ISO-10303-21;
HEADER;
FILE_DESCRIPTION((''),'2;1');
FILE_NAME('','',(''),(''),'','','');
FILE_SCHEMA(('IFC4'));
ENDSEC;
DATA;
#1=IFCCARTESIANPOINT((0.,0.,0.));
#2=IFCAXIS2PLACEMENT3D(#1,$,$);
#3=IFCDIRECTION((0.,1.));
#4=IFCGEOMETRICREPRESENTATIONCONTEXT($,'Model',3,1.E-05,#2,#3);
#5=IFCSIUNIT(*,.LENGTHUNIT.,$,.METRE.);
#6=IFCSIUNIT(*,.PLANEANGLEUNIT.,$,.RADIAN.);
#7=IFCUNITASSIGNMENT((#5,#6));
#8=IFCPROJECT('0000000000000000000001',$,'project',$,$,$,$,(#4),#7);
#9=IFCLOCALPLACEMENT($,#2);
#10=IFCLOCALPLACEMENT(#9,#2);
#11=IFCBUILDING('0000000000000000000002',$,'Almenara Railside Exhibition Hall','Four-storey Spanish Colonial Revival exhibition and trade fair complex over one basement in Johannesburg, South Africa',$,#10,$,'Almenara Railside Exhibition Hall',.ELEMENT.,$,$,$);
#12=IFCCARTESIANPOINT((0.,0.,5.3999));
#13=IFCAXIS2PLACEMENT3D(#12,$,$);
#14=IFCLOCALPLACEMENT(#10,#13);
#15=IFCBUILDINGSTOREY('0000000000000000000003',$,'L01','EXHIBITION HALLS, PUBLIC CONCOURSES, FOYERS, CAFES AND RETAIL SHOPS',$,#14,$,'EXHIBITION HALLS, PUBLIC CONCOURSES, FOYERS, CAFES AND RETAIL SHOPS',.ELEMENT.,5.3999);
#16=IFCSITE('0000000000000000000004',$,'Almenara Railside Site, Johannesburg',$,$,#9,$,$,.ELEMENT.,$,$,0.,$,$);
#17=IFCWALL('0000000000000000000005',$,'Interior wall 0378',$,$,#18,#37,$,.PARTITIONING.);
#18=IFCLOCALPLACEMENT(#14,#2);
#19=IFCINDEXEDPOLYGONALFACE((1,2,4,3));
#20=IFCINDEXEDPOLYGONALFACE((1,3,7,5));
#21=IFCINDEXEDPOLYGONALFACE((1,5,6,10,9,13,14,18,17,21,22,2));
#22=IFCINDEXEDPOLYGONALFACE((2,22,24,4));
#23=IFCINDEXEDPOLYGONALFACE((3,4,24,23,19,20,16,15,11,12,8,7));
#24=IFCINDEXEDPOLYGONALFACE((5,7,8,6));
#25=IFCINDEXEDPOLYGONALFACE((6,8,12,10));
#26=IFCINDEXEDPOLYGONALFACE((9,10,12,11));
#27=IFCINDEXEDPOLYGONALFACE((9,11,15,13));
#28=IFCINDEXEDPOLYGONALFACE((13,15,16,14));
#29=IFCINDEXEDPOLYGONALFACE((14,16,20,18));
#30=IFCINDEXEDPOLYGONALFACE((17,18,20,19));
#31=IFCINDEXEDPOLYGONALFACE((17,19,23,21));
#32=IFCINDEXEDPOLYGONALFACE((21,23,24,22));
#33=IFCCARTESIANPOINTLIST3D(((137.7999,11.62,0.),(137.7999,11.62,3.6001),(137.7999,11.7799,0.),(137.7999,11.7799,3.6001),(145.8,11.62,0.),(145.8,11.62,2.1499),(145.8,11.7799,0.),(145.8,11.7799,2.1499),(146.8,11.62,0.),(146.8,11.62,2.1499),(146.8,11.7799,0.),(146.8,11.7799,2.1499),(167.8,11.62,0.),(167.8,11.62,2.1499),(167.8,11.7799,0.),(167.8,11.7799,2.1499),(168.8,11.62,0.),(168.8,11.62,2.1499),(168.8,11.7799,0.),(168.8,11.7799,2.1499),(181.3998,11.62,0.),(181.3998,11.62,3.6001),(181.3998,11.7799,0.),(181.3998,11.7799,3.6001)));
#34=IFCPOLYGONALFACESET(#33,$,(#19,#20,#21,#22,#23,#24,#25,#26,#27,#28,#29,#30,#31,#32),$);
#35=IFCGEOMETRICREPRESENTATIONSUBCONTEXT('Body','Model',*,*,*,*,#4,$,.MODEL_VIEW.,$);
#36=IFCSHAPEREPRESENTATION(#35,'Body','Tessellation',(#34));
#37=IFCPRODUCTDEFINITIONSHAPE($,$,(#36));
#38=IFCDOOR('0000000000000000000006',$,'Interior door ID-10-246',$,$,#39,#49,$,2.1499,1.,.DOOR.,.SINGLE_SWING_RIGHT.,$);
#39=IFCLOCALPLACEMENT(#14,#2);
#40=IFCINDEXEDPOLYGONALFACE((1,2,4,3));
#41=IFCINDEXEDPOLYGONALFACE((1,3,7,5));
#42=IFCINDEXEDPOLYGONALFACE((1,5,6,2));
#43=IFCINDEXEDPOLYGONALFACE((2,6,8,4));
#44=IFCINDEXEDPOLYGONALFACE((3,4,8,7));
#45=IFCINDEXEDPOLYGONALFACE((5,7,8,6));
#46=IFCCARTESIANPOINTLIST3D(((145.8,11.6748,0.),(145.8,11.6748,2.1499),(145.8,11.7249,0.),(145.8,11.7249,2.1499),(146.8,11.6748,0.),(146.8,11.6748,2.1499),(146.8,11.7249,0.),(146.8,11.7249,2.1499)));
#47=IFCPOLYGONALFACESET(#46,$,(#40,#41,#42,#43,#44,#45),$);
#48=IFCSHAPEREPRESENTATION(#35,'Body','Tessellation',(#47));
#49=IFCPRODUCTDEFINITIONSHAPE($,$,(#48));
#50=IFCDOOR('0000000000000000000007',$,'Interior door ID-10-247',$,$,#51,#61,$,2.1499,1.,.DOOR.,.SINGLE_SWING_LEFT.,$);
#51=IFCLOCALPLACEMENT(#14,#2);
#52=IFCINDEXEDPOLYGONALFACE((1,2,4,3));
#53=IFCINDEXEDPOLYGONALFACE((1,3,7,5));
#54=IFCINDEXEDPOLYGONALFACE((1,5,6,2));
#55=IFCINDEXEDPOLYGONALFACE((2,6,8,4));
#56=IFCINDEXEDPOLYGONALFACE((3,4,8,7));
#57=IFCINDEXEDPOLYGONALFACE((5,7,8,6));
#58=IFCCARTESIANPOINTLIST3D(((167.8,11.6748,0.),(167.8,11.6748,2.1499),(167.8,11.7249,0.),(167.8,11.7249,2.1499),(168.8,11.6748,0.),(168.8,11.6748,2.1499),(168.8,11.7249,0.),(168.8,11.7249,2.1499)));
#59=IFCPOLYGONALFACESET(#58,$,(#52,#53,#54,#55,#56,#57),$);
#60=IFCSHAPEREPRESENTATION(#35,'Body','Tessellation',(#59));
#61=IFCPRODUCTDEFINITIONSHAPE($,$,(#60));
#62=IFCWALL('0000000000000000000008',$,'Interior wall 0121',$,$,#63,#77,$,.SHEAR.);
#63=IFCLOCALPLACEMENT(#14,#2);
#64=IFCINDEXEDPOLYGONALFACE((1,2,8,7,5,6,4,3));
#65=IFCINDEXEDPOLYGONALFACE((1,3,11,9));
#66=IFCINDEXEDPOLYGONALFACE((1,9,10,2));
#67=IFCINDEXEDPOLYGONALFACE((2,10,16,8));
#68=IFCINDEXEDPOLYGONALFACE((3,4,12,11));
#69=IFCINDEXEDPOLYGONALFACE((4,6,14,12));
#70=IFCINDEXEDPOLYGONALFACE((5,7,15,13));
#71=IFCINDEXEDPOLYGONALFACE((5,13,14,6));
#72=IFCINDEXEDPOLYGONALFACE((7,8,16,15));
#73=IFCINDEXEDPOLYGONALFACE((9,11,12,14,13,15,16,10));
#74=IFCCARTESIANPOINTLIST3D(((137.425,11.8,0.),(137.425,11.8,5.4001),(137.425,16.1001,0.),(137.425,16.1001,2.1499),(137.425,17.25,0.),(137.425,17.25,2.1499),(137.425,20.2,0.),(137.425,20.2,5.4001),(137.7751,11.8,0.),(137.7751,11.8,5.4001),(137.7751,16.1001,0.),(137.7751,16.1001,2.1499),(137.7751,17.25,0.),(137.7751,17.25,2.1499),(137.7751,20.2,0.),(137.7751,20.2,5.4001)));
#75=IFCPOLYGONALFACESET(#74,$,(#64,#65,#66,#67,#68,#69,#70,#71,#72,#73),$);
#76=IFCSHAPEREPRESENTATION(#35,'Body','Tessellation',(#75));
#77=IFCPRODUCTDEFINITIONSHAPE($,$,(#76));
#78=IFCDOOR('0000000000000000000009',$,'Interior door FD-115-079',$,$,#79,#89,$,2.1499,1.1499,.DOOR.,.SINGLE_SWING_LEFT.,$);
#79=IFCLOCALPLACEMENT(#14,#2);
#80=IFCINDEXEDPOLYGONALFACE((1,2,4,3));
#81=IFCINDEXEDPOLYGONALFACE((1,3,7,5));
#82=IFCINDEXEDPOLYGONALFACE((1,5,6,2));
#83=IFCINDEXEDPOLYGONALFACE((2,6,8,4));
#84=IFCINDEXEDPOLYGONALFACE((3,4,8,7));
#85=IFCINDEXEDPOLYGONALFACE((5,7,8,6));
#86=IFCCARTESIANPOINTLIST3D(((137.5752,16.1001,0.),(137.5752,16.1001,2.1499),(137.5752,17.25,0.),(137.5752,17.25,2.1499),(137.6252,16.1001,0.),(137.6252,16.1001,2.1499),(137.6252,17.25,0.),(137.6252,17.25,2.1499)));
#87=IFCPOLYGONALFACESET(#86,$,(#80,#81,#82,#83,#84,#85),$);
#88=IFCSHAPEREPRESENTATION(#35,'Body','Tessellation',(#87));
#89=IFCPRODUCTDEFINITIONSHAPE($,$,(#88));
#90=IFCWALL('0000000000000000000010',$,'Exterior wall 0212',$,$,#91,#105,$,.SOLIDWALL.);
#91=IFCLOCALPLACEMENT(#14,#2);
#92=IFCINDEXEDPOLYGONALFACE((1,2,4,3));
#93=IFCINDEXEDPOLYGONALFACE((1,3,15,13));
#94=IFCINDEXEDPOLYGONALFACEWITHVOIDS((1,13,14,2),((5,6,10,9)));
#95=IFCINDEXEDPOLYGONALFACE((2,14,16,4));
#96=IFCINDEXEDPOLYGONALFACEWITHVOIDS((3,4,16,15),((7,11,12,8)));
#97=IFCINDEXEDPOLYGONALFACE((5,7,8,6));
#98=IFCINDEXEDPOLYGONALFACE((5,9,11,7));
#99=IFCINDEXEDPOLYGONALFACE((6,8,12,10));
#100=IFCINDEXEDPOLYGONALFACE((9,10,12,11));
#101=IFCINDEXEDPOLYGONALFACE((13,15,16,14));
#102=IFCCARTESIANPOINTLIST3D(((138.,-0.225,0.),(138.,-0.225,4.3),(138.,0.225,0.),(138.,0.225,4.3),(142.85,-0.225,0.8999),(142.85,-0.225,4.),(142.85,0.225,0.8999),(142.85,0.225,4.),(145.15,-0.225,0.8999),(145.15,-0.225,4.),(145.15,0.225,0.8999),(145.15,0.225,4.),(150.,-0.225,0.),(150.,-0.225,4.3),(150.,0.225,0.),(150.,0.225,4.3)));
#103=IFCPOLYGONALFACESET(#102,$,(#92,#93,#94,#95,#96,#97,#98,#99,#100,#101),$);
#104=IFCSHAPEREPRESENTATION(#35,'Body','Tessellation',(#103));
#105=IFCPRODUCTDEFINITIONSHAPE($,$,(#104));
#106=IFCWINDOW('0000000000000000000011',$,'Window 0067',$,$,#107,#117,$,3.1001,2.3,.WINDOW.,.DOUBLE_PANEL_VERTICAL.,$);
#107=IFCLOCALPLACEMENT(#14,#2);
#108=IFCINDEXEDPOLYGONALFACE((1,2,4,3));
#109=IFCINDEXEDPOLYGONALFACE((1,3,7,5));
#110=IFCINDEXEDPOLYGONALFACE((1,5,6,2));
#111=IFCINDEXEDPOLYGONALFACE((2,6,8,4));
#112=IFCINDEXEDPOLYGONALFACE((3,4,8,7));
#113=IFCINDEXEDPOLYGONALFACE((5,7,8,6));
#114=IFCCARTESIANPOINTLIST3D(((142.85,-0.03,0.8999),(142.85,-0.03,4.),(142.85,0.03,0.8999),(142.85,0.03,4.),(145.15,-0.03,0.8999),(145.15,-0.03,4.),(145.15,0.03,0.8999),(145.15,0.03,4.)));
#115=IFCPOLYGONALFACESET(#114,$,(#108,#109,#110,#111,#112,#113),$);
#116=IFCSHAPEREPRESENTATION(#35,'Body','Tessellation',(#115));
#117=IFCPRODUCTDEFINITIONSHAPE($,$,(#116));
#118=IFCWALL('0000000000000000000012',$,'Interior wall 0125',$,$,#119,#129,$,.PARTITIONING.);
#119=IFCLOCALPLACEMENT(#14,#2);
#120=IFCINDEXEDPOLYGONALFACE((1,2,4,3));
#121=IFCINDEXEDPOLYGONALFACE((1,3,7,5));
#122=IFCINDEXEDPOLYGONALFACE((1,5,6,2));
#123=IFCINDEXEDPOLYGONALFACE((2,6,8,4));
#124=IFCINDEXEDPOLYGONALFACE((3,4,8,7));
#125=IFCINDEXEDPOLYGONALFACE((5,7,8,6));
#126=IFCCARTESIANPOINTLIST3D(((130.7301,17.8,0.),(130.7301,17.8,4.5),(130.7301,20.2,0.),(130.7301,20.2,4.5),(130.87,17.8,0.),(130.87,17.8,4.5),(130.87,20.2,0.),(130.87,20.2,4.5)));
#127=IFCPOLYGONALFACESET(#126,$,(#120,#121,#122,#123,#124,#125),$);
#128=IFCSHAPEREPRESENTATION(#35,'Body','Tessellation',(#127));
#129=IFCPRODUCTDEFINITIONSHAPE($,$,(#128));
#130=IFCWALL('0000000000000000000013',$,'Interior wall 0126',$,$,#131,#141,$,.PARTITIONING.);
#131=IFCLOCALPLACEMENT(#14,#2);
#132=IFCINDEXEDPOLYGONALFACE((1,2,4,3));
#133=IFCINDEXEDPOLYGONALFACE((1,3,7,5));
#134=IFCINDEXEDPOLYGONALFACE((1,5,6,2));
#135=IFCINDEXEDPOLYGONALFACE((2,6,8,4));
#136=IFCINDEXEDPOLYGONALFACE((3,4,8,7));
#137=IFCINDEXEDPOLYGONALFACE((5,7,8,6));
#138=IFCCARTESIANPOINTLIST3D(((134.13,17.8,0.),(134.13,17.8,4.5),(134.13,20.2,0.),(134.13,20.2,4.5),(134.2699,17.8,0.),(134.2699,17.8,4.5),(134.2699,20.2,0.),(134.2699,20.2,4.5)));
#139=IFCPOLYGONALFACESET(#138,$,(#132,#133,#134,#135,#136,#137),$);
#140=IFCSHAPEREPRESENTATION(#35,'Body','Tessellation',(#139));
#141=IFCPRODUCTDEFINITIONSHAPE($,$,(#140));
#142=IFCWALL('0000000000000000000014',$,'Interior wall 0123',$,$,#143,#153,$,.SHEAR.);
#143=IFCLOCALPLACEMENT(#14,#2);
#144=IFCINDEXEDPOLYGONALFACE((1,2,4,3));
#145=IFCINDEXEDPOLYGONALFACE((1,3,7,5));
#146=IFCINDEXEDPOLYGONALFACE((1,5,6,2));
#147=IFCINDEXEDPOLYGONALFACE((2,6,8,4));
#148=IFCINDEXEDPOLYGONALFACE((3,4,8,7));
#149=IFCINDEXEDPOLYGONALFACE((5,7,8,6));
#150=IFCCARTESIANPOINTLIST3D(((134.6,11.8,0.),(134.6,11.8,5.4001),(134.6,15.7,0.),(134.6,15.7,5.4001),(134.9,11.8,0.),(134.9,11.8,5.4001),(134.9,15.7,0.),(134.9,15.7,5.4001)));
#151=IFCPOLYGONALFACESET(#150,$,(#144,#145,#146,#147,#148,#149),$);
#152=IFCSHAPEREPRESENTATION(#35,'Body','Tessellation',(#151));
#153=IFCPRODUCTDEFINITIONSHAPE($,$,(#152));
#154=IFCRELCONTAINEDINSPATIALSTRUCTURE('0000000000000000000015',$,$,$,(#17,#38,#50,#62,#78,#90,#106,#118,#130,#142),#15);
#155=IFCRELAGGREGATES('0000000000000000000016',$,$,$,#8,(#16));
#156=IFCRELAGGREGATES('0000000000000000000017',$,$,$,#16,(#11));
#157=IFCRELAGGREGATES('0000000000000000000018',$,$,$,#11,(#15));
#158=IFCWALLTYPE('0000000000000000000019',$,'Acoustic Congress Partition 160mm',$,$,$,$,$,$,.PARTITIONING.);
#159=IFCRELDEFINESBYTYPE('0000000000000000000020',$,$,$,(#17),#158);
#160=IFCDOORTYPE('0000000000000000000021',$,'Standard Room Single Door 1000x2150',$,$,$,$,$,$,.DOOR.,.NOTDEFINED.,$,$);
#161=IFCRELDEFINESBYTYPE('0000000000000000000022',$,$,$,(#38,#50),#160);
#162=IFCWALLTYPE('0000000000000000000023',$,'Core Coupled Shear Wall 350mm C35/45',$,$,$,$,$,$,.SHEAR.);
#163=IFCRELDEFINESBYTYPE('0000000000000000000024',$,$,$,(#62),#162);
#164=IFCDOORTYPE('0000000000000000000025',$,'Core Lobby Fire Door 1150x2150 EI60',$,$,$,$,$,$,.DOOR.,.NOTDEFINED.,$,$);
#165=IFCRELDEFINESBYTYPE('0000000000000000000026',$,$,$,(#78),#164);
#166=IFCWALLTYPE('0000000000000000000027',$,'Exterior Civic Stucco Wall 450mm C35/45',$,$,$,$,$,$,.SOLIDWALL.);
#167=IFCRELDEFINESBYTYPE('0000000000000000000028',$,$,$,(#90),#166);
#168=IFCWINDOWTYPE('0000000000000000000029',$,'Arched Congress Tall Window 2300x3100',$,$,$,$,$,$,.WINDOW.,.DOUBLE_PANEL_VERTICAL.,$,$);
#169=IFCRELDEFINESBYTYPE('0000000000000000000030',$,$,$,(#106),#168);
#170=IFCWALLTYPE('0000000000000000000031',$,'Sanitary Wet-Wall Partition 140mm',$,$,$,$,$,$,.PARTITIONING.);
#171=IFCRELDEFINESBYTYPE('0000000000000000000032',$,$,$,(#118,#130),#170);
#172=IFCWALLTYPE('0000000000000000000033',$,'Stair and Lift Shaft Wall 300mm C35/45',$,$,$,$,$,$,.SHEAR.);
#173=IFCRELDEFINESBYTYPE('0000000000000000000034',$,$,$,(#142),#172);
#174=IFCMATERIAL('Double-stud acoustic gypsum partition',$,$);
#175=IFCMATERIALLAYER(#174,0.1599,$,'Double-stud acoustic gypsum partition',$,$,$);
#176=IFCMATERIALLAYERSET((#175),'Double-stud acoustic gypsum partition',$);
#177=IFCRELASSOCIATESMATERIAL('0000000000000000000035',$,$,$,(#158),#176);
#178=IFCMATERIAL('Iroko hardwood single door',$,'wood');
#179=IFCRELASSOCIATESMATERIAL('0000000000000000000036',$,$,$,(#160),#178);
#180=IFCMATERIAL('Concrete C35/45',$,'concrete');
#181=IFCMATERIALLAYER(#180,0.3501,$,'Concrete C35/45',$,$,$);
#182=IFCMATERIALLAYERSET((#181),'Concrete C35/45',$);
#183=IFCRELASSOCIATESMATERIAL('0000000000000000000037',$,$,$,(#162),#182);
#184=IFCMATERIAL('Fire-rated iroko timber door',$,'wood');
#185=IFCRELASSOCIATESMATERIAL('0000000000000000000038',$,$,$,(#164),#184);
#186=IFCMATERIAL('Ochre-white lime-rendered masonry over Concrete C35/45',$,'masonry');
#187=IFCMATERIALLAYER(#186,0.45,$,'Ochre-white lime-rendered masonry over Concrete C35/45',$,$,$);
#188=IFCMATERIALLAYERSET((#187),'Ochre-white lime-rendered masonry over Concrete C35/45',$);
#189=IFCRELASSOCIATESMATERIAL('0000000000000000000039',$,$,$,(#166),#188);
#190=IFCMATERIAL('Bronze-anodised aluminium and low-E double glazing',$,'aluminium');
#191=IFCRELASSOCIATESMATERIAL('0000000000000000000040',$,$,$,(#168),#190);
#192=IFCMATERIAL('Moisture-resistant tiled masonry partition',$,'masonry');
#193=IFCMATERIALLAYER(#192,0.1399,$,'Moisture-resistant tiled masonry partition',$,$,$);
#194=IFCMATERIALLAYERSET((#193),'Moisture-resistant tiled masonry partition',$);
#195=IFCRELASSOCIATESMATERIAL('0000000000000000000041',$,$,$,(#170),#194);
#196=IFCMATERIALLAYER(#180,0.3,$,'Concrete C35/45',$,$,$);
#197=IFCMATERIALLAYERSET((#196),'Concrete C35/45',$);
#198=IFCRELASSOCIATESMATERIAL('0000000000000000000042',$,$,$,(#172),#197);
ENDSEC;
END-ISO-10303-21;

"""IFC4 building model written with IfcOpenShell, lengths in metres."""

from ifc_helpers import new_model, si_unit, direction, frame, frame_2d, origin, place, context, subcontext, project, spatial, rectangle, extrude, material, layer, layer_set, type_object, element, fill, save


model = new_model("IFC4")

# Units and contexts
model_context = context("Model", 3, precision=1e-05, world=origin(), true_north=direction((0.0, 1.0)))
body_context = subcontext(model_context, "Body", "Model", "MODEL_VIEW")
ifc_project = project(units=[si_unit("LENGTHUNIT", "METRE"), si_unit("PLANEANGLEUNIT", "RADIAN")], contexts=[model_context])

# Site, building, storey
site_placement = place(None, origin())
site = spatial("IfcSite", under=ifc_project, at=site_placement, Name="Almenara Railside Site, Johannesburg", CompositionType="ELEMENT", RefElevation=0.0)
building_placement = place(site_placement, origin())
building = spatial("IfcBuilding", under=site, at=building_placement, Name="Almenara Railside Exhibition Hall", Description="Four-storey Spanish Colonial Revival exhibition and trade fair complex over one basement in Johannesburg, South Africa", LongName="Almenara Railside Exhibition Hall", CompositionType="ELEMENT")
storey_placement = place(building_placement, frame((0.0, 0.0, 5.3999)))
storey = spatial("IfcBuildingStorey", under=building, at=storey_placement, Name="L01", Description="EXHIBITION HALLS, PUBLIC CONCOURSES, FOYERS, CAFES AND RETAIL SHOPS", LongName="EXHIBITION HALLS, PUBLIC CONCOURSES, FOYERS, CAFES AND RETAIL SHOPS", CompositionType="ELEMENT", Elevation=5.3999)

# Shared definitions
ifc_material_1 = material(Name="Concrete C35/45", Category="concrete")

# Wall, openings, doors
ifc_material_2 = material(Name="Double-stud acoustic gypsum partition")
ifc_layer_1 = layer(ifc_material_2, 0.1599, Name="Double-stud acoustic gypsum partition")
ifc_layer_set_1 = layer_set([ifc_layer_1], Name="Double-stud acoustic gypsum partition")
wall_type_1 = type_object("IfcWallType", Name="Acoustic Congress Partition 160mm", PredefinedType="PARTITIONING", material=ifc_layer_set_1)
wall_1_placement = place(storey_placement, frame((137.8, 11.7, 0.0), z_axis=(0.0, 0.0, 1.0), x_axis=(1.0, 0.0, 0.0)))
wall_1 = element("IfcWall", 1, at=wall_1_placement, inside=storey, type_object=wall_type_1, Name="Interior wall 0378", PredefinedType="PARTITIONING", context=body_context, shape_type="SweptSolid", body=[
    extrude(rectangle(XDim=43.5999, YDim=0.1599, at=frame_2d((21.7998, 0.0))), origin(), (0.0, 0.0, 1.0), 3.6001),
])
opening_1_placement = place(wall_1_placement, frame((8.0, 0.0, 0.0)))
opening_1 = element("IfcOpeningElement", 2, at=opening_1_placement, cuts=wall_1, PredefinedType="OPENING", context=body_context, shape_type="SweptSolid", body=[
    extrude(rectangle(XDim=1.0, YDim=2.1499, at=frame_2d((0.5, 1.075))), frame((0.0, 0.0898, 0.0), z_axis=(0.0, -1.0, 0.0), x_axis=(1.0, 0.0, 0.0)), (0.0, 0.0, 1.0), 0.1799),
])
opening_2_placement = place(wall_1_placement, frame((30.0, 0.0, 0.0)))
opening_2 = element("IfcOpeningElement", 3, at=opening_2_placement, cuts=wall_1, PredefinedType="OPENING", context=body_context, shape_type="SweptSolid", body=[
    extrude(rectangle(XDim=1.0, YDim=2.1499, at=frame_2d((0.5, 1.075))), frame((0.0, 0.0898, 0.0), z_axis=(0.0, -1.0, 0.0), x_axis=(1.0, 0.0, 0.0)), (0.0, 0.0, 1.0), 0.1799),
])
ifc_material_3 = material(Name="Iroko hardwood single door", Category="wood")
door_type_1 = type_object("IfcDoorType", Name="Standard Room Single Door 1000x2150", OperationType="NOTDEFINED", PredefinedType="DOOR", material=ifc_material_3)
door_1_placement = place(opening_1_placement, origin())
door_1 = element("IfcDoor", 4, at=door_1_placement, inside=storey, type_object=door_type_1, Name="Interior door ID-10-246", OperationType="SINGLE_SWING_RIGHT", OverallHeight=2.1499, OverallWidth=1.0, PredefinedType="DOOR", context=body_context, shape_type="SweptSolid", body=[
    extrude(rectangle(XDim=1.0, YDim=2.1499, at=frame_2d((0.5, 1.075))), frame((0.0, 0.0249, 0.0), z_axis=(0.0, -1.0, 0.0), x_axis=(1.0, 0.0, 0.0)), (0.0, 0.0, 1.0), 0.05),
])
fill(opening_1, door_1)
door_2_placement = place(opening_2_placement, origin())
door_2 = element("IfcDoor", 5, at=door_2_placement, inside=storey, type_object=door_type_1, Name="Interior door ID-10-247", OperationType="SINGLE_SWING_LEFT", OverallHeight=2.1499, OverallWidth=1.0, PredefinedType="DOOR", context=body_context, shape_type="SweptSolid", body=[
    extrude(rectangle(XDim=1.0, YDim=2.1499, at=frame_2d((0.5, 1.075))), frame((0.0, 0.0249, 0.0), z_axis=(0.0, -1.0, 0.0), x_axis=(1.0, 0.0, 0.0)), (0.0, 0.0, 1.0), 0.05),
])
fill(opening_2, door_2)

# Wall, opening, door
ifc_layer_2 = layer(ifc_material_1, 0.3501, Name="Concrete C35/45")
ifc_layer_set_2 = layer_set([ifc_layer_2], Name="Concrete C35/45")
wall_type_2 = type_object("IfcWallType", Name="Core Coupled Shear Wall 350mm C35/45", PredefinedType="SHEAR", material=ifc_layer_set_2)
wall_2_placement = place(storey_placement, frame((137.6001, 11.8, 0.0), z_axis=(0.0, 0.0, 1.0), x_axis=(0.0, 1.0, 0.0)))
wall_2 = element("IfcWall", 6, at=wall_2_placement, inside=storey, type_object=wall_type_2, Name="Interior wall 0121", PredefinedType="SHEAR", context=body_context, shape_type="SweptSolid", body=[
    extrude(rectangle(XDim=8.3999, YDim=0.3501, at=frame_2d((4.2, 0.0))), origin(), (0.0, 0.0, 1.0), 5.4001),
])
opening_3_placement = place(wall_2_placement, frame((4.3, 0.0, 0.0)))
opening_3 = element("IfcOpeningElement", 7, at=opening_3_placement, cuts=wall_2, PredefinedType="OPENING", context=body_context, shape_type="SweptSolid", body=[
    extrude(rectangle(XDim=1.1499, YDim=2.1499, at=frame_2d((0.575, 1.075))), frame((0.0, 0.1851, 0.0), z_axis=(0.0, -1.0, 0.0), x_axis=(1.0, 0.0, 0.0)), (0.0, 0.0, 1.0), 0.3701),
])
ifc_material_4 = material(Name="Fire-rated iroko timber door", Category="wood")
door_type_2 = type_object("IfcDoorType", Name="Core Lobby Fire Door 1150x2150 EI60", OperationType="NOTDEFINED", PredefinedType="DOOR", material=ifc_material_4)
door_3_placement = place(opening_3_placement, origin())
door_3 = element("IfcDoor", 8, at=door_3_placement, inside=storey, type_object=door_type_2, Name="Interior door FD-115-079", OperationType="SINGLE_SWING_LEFT", OverallHeight=2.1499, OverallWidth=1.1499, PredefinedType="DOOR", context=body_context, shape_type="SweptSolid", body=[
    extrude(rectangle(XDim=1.1499, YDim=2.1499, at=frame_2d((0.575, 1.075))), frame((0.0, 0.0249, 0.0), z_axis=(0.0, -1.0, 0.0), x_axis=(1.0, 0.0, 0.0)), (0.0, 0.0, 1.0), 0.05),
])
fill(opening_3, door_3)

# Wall, opening, window
ifc_material_5 = material(Name="Ochre-white lime-rendered masonry over Concrete C35/45", Category="masonry")
ifc_layer_3 = layer(ifc_material_5, 0.45, Name="Ochre-white lime-rendered masonry over Concrete C35/45")
ifc_layer_set_3 = layer_set([ifc_layer_3], Name="Ochre-white lime-rendered masonry over Concrete C35/45")
wall_type_3 = type_object("IfcWallType", Name="Exterior Civic Stucco Wall 450mm C35/45", PredefinedType="SOLIDWALL", material=ifc_layer_set_3)
wall_3_placement = place(storey_placement, frame((138.0, 0.0, 0.0), z_axis=(0.0, 0.0, 1.0), x_axis=(1.0, 0.0, 0.0)))
wall_3 = element("IfcWall", 9, at=wall_3_placement, inside=storey, type_object=wall_type_3, Name="Exterior wall 0212", PredefinedType="SOLIDWALL", context=body_context, shape_type="SweptSolid", body=[
    extrude(rectangle(XDim=12.0, YDim=0.45, at=frame_2d((6.0, 0.0))), origin(), (0.0, 0.0, 1.0), 4.3),
])
opening_4_placement = place(wall_3_placement, frame((4.8501, 0.0, 0.8999)))
opening_4 = element("IfcOpeningElement", 10, at=opening_4_placement, cuts=wall_3, PredefinedType="OPENING", context=body_context, shape_type="SweptSolid", body=[
    extrude(rectangle(XDim=2.3, YDim=3.1001, at=frame_2d((1.1499, 1.55))), frame((0.0, 0.2349, 0.0), z_axis=(0.0, -1.0, 0.0), x_axis=(1.0, 0.0, 0.0)), (0.0, 0.0, 1.0), 0.47),
])
ifc_material_6 = material(Name="Bronze-anodised aluminium and low-E double glazing", Category="aluminium")
window_type = type_object("IfcWindowType", Name="Arched Congress Tall Window 2300x3100", PartitioningType="DOUBLE_PANEL_VERTICAL", PredefinedType="WINDOW", material=ifc_material_6)
window_placement = place(opening_4_placement, origin())
window = element("IfcWindow", 11, at=window_placement, inside=storey, type_object=window_type, Name="Window 0067", OverallHeight=3.1001, OverallWidth=2.3, PartitioningType="DOUBLE_PANEL_VERTICAL", PredefinedType="WINDOW", context=body_context, shape_type="SweptSolid", body=[
    extrude(rectangle(XDim=2.3, YDim=3.1001, at=frame_2d((1.1499, 1.55))), frame((0.0, 0.03, 0.0), z_axis=(0.0, -1.0, 0.0), x_axis=(1.0, 0.0, 0.0)), (0.0, 0.0, 1.0), 0.0601),
])
fill(opening_4, window)

# Walls
ifc_material_7 = material(Name="Moisture-resistant tiled masonry partition", Category="masonry")
ifc_layer_4 = layer(ifc_material_7, 0.1399, Name="Moisture-resistant tiled masonry partition")
ifc_layer_set_4 = layer_set([ifc_layer_4], Name="Moisture-resistant tiled masonry partition")
wall_type_4 = type_object("IfcWallType", Name="Sanitary Wet-Wall Partition 140mm", PredefinedType="PARTITIONING", material=ifc_layer_set_4)
for number, where, z_axis, x_axis, name in (
    (12, (130.8, 17.8, 0.0), (0.0, 0.0, 1.0), (0.0, 1.0, 0.0), "Interior wall 0125"),
    (13, (134.2, 17.8, 0.0), (0.0, 0.0, 1.0), (0.0, 1.0, 0.0), "Interior wall 0126"),
):
    element("IfcWall", number, at=place(storey_placement, frame(where, z_axis=z_axis, x_axis=x_axis)), inside=storey, type_object=wall_type_4, Name=name, PredefinedType="PARTITIONING", context=body_context, shape_type="SweptSolid", body=[
        extrude(rectangle(XDim=2.3999, YDim=0.1399, at=frame_2d((1.2, 0.0))), origin(), (0.0, 0.0, 1.0), 4.5),
    ])
ifc_layer_5 = layer(ifc_material_1, 0.3, Name="Concrete C35/45")
ifc_layer_set_5 = layer_set([ifc_layer_5], Name="Concrete C35/45")
wall_type_5 = type_object("IfcWallType", Name="Stair and Lift Shaft Wall 300mm C35/45", PredefinedType="SHEAR", material=ifc_layer_set_5)
wall_4_placement = place(storey_placement, frame((134.75, 11.8, 0.0), z_axis=(0.0, 0.0, 1.0), x_axis=(0.0, 1.0, 0.0)))
element("IfcWall", 14, at=wall_4_placement, inside=storey, type_object=wall_type_5, Name="Interior wall 0123", PredefinedType="SHEAR", context=body_context, shape_type="SweptSolid", body=[
    extrude(rectangle(XDim=3.8999, YDim=0.3, at=frame_2d((1.95, 0.0))), origin(), (0.0, 0.0, 1.0), 5.4001),
])

save(model, "model.ifc")
